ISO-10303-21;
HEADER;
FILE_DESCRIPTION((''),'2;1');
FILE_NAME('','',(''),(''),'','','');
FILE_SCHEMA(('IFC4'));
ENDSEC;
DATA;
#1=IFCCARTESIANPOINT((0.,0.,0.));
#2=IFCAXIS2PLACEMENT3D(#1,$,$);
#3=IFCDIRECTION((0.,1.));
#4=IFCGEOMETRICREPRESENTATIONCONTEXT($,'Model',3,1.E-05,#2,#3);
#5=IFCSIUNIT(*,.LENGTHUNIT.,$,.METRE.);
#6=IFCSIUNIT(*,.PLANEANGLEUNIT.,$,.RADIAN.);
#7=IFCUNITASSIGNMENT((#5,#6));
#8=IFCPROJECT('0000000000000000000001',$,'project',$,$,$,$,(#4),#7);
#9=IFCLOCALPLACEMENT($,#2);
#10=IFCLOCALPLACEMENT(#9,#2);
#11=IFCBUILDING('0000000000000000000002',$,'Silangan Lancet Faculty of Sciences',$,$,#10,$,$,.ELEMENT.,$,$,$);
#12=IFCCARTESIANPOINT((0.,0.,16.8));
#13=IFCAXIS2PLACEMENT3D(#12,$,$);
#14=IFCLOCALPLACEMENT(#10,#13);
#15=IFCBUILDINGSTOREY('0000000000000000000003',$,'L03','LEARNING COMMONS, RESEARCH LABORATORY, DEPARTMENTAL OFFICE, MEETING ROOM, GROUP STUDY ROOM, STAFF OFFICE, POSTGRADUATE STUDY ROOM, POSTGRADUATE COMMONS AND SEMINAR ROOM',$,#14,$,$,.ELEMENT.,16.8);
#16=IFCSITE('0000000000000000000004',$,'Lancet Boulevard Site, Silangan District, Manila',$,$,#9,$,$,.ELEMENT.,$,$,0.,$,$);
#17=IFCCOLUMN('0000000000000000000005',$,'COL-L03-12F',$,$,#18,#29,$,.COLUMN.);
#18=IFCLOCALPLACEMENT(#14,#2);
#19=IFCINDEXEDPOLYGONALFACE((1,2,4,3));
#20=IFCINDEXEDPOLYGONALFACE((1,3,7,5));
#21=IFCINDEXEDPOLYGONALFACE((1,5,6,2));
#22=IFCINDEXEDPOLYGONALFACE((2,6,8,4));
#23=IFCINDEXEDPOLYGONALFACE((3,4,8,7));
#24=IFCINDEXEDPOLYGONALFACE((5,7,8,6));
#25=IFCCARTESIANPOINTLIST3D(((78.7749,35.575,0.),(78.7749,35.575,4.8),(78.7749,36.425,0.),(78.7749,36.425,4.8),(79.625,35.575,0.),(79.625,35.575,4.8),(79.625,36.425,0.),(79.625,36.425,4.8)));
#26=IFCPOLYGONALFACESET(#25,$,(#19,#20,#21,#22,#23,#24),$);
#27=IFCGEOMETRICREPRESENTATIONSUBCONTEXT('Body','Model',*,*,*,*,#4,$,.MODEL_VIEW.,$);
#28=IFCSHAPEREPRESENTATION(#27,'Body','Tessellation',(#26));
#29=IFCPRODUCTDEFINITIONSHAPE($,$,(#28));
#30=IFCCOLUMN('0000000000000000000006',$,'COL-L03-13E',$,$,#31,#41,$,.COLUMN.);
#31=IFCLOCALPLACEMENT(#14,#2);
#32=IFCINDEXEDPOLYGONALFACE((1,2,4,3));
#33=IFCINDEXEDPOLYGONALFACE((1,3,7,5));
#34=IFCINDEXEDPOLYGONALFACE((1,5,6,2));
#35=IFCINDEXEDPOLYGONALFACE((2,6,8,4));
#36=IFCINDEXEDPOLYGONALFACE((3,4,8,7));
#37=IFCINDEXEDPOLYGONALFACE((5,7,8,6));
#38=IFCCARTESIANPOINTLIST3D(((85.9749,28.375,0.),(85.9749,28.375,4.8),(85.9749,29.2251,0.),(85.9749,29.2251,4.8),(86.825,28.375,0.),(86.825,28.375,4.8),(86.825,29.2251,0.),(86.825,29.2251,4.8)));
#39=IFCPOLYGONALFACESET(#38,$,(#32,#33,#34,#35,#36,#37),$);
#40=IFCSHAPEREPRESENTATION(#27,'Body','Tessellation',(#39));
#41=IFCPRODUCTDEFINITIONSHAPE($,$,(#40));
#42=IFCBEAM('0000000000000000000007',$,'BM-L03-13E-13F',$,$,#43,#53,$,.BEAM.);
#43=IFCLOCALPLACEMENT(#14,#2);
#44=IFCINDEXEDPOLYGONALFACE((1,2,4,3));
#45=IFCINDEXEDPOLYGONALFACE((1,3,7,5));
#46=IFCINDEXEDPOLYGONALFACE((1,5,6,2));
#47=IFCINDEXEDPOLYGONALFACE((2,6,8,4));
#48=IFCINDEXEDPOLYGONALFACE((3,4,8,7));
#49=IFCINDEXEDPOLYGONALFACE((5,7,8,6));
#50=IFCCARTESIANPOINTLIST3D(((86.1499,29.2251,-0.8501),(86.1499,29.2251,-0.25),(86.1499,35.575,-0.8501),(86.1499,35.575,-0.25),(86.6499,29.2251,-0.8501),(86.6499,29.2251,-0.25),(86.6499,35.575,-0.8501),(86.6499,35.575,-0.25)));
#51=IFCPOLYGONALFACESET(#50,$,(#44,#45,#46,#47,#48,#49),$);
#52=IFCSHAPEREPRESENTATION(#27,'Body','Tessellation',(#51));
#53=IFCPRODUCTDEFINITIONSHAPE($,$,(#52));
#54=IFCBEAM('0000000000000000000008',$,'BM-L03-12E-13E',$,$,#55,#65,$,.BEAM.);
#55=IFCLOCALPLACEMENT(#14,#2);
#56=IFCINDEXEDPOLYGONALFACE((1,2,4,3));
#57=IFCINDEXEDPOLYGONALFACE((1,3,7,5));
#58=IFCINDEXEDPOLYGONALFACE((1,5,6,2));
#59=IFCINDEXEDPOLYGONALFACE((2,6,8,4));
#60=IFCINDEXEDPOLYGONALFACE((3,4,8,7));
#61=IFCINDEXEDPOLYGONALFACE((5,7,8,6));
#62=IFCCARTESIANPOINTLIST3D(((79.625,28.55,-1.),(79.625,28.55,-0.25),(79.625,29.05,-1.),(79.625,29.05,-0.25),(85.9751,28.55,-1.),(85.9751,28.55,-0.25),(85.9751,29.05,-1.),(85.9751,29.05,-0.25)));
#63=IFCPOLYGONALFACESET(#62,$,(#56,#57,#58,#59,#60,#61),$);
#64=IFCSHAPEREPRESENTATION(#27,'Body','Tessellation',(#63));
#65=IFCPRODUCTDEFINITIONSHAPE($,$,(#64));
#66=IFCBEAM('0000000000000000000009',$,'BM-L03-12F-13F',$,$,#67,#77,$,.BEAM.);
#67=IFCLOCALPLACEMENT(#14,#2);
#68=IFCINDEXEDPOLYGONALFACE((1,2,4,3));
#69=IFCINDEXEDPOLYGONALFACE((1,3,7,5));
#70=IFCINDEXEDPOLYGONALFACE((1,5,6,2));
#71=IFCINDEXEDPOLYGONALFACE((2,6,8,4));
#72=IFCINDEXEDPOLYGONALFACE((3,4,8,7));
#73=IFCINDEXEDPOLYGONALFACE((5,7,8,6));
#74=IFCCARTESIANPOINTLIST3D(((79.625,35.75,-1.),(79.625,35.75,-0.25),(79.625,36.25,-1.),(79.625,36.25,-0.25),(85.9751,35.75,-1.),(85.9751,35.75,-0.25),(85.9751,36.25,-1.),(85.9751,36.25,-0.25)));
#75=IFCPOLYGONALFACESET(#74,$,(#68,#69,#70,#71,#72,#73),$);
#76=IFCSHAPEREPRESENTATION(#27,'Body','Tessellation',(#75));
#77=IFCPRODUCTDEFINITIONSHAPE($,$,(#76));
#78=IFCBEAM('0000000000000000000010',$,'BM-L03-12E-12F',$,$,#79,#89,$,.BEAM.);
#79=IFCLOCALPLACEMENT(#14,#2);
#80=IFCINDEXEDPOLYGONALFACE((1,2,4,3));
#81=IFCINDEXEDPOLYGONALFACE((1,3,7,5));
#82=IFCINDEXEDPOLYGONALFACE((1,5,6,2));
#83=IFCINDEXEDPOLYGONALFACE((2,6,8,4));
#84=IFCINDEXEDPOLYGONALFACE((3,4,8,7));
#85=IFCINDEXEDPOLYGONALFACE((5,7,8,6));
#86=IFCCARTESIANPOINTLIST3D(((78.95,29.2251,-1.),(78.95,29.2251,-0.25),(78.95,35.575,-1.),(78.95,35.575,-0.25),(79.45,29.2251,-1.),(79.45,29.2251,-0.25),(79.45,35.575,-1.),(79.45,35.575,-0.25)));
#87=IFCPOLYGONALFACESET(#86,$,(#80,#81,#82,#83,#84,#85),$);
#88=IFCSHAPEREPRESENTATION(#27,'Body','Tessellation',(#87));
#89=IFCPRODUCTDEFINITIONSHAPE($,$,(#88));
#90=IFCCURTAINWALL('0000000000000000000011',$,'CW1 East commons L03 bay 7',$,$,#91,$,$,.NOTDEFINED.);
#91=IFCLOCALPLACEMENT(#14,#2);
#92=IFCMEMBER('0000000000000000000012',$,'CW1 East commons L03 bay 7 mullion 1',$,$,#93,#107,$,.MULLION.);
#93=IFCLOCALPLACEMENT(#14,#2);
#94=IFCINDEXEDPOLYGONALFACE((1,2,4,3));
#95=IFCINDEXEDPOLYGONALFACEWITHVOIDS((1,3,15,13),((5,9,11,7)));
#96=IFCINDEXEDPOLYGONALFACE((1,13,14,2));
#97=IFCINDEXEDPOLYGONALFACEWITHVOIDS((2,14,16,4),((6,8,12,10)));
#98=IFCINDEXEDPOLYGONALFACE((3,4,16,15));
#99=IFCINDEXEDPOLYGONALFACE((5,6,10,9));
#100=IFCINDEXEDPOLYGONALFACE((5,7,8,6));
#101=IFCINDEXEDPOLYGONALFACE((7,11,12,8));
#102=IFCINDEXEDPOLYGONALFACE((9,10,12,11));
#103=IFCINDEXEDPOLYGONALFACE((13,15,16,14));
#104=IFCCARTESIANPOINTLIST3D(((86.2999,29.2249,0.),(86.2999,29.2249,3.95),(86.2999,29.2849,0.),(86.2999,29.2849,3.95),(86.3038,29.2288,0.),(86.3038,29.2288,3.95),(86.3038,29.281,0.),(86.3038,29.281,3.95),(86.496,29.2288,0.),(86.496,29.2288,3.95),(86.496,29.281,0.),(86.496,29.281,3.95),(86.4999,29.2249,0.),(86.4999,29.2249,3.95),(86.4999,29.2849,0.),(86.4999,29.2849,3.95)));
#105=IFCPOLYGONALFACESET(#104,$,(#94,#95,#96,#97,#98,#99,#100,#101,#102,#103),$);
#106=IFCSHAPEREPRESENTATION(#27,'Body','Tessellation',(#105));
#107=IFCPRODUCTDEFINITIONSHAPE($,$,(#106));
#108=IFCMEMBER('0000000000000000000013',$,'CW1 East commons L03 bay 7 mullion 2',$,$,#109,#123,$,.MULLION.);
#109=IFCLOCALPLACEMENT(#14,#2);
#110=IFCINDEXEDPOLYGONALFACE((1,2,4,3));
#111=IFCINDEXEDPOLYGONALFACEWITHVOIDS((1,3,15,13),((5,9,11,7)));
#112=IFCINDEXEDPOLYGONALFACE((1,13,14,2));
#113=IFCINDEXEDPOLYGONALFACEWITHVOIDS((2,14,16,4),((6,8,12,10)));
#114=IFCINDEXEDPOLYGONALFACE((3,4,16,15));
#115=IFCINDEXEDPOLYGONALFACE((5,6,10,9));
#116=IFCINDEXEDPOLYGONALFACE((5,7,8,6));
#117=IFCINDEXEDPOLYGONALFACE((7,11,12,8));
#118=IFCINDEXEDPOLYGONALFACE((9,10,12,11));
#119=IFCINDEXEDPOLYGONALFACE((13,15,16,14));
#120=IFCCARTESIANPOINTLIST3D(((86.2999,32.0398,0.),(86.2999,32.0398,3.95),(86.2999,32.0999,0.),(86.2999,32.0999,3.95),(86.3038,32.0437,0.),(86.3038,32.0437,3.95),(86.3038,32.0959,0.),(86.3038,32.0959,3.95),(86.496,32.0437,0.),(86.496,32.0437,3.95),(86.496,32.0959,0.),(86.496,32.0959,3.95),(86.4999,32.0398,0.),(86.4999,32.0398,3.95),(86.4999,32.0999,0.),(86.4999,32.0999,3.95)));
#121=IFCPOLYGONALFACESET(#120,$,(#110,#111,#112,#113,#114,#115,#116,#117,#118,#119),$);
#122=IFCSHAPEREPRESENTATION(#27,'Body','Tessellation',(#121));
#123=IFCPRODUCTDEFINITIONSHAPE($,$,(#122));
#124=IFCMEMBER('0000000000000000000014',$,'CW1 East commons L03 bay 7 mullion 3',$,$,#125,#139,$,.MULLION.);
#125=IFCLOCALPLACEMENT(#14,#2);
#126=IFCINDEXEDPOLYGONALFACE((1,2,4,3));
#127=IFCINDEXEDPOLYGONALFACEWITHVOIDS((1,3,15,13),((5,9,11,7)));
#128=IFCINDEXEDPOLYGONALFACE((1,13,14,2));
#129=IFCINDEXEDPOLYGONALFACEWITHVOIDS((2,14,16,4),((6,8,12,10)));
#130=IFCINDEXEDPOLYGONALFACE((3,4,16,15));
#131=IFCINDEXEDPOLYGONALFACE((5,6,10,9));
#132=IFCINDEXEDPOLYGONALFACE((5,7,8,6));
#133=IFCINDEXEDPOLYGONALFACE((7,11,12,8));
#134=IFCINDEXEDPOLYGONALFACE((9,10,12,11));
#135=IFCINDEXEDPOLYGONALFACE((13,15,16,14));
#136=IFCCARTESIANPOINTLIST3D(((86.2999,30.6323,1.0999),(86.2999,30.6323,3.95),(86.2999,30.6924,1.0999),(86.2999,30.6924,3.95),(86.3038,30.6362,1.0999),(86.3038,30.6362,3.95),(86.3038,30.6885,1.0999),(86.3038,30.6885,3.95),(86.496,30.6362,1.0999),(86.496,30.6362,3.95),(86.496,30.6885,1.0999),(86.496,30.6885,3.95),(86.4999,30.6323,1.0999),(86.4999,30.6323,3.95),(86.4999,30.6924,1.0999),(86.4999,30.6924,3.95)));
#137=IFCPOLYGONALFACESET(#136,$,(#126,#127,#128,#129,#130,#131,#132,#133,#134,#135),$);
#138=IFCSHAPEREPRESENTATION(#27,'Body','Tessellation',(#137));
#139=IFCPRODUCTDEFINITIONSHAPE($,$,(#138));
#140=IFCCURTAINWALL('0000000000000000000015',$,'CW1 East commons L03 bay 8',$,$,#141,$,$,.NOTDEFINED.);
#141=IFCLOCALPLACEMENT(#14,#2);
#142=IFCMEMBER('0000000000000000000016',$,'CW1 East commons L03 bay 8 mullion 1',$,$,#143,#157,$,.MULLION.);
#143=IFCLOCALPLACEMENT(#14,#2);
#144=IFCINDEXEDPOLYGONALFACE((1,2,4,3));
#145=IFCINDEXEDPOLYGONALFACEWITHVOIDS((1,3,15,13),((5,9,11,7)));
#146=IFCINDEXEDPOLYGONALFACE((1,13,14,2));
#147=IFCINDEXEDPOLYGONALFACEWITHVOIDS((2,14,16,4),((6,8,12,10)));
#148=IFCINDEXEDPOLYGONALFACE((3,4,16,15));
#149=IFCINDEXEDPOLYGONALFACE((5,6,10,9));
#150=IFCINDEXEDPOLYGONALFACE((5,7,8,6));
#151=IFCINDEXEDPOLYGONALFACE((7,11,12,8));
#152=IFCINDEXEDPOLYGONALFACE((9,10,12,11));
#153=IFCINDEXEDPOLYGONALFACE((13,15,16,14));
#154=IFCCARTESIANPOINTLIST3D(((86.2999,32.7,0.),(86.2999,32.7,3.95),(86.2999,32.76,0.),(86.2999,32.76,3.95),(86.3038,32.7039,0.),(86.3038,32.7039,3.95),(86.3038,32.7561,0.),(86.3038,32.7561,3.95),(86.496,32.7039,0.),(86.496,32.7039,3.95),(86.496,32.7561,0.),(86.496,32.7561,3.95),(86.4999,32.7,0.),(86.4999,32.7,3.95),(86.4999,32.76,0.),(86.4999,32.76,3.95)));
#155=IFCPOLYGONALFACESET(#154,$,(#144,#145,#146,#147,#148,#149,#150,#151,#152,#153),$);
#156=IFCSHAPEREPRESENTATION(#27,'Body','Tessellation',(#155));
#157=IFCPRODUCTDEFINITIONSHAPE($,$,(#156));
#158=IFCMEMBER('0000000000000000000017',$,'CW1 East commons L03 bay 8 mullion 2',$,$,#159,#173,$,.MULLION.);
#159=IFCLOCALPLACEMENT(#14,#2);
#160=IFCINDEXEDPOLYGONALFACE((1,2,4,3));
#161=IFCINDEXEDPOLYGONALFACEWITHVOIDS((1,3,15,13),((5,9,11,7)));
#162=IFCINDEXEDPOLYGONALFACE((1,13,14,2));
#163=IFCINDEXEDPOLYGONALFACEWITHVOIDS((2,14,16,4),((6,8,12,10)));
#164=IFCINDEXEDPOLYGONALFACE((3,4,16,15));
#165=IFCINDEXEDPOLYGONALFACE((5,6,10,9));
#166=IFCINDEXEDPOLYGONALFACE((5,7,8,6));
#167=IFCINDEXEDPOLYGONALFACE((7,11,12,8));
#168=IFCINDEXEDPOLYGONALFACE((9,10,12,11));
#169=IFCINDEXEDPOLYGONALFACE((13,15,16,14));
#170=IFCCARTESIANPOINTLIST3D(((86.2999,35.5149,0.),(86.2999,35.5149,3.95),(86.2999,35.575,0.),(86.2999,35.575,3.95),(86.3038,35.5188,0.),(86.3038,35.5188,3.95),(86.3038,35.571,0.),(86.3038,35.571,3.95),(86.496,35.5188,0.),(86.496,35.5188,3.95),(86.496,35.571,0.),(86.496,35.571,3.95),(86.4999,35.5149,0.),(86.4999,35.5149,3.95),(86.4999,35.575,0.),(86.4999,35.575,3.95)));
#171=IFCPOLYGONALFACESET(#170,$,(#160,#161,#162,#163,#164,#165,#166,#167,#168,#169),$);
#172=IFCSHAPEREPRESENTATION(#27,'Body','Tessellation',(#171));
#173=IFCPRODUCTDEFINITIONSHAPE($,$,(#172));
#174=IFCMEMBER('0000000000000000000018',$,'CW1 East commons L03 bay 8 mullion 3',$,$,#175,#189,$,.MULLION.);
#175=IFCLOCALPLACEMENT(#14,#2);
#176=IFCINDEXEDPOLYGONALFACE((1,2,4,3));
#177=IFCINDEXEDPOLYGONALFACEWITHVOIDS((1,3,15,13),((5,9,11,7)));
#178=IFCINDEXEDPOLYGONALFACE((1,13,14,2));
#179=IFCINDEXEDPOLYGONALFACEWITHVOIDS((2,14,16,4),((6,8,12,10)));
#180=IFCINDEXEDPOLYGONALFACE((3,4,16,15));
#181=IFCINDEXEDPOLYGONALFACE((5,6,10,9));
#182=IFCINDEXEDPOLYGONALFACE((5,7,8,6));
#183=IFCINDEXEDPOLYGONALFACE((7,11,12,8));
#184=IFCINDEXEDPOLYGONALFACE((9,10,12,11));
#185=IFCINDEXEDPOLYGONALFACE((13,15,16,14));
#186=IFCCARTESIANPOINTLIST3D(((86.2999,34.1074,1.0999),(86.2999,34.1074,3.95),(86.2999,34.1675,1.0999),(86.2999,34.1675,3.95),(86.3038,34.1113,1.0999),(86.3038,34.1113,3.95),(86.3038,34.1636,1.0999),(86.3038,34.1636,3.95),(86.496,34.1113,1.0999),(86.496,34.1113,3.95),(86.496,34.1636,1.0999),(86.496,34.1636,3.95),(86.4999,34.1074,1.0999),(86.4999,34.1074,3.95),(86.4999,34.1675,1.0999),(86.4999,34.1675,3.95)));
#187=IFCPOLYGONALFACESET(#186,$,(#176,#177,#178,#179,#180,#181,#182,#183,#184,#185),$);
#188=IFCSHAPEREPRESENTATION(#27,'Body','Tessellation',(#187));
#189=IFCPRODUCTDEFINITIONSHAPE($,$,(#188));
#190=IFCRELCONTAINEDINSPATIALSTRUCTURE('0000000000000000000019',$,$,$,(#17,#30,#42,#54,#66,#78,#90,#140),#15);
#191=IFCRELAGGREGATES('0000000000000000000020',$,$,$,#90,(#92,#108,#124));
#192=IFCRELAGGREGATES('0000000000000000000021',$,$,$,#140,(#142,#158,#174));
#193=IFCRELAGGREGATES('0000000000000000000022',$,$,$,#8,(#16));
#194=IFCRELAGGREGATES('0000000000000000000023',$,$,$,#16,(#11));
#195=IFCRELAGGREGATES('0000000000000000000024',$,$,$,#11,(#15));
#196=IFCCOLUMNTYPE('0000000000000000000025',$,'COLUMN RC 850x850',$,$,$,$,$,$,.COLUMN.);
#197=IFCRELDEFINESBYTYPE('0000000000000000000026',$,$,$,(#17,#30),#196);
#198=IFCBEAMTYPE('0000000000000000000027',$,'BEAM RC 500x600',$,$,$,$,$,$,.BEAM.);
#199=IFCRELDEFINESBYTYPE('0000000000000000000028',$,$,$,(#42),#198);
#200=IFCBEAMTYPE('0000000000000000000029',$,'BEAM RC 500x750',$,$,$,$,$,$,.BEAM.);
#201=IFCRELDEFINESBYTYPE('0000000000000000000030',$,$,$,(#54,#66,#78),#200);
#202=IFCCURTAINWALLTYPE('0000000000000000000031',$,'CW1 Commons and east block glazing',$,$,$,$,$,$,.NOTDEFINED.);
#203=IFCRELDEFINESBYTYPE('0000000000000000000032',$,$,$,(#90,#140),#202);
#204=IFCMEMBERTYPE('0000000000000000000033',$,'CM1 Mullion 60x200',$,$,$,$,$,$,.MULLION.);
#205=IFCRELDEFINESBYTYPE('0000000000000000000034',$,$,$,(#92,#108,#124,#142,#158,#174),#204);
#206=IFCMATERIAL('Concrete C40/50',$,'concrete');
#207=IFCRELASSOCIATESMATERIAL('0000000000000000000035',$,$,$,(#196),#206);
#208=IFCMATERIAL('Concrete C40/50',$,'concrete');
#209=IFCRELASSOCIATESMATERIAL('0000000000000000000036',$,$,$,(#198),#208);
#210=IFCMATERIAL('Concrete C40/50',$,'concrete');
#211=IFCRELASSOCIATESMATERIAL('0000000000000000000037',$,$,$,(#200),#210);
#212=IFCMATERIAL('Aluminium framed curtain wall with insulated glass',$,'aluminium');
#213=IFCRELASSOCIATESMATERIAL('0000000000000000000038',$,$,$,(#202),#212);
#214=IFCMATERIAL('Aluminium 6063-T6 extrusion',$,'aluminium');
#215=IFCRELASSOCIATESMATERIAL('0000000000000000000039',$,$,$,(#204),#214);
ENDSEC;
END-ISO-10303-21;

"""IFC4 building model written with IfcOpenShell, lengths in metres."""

from ifc_helpers import new_model, si_unit, direction, frame, origin, origin_2d, place, context, subcontext, project, spatial, rectangle, hollow_rectangle, extrude, material, material_profile, profile_set, type_object, element, aggregate, save


model = new_model("IFC4")

# Units and contexts
model_context = context("Model", 3, precision=1e-05, world=origin(), true_north=direction((0.0, 1.0)))
body_context = subcontext(model_context, "Body", "Model", "MODEL_VIEW")
ifc_project = project(units=[si_unit("LENGTHUNIT", "METRE"), si_unit("PLANEANGLEUNIT", "RADIAN")], contexts=[model_context])

# Site, building, storey
site_placement = place(None, origin())
site = spatial("IfcSite", under=ifc_project, at=site_placement, Name="Lancet Boulevard Site, Silangan District, Manila", CompositionType="ELEMENT", RefElevation=0.0)
building_placement = place(site_placement, origin())
building = spatial("IfcBuilding", under=site, at=building_placement, Name="Silangan Lancet Faculty of Sciences", CompositionType="ELEMENT")
storey_placement = place(building_placement, frame((0.0, 0.0, 16.8)))
storey = spatial("IfcBuildingStorey", under=building, at=storey_placement, Name="L03", Description="LEARNING COMMONS, RESEARCH LABORATORY, DEPARTMENTAL OFFICE, MEETING ROOM, GROUP STUDY ROOM, STAFF OFFICE, POSTGRADUATE STUDY ROOM, POSTGRADUATE COMMONS AND SEMINAR ROOM", CompositionType="ELEMENT", Elevation=16.8)

# Columns
ifc_material_1 = material(Name="Concrete C40/50", Category="concrete")
ifc_material_profile_1 = material_profile(ifc_material_1, rectangle(XDim=0.8501, YDim=0.8501, at=origin_2d()), Name="RC 850x850")
ifc_profile_set_1 = profile_set([ifc_material_profile_1], Name="Concrete C40/50")
column_type = type_object("IfcColumnType", Name="COLUMN RC 850x850", PredefinedType="COLUMN", material=ifc_profile_set_1)
for number, where, z_axis, x_axis, name in (
    (1, (79.2, 36.0, 0.0), (0.0, 0.0, 1.0), (1.0, 0.0, 0.0), "COL-L03-12F"),
    (2, (86.3999, 28.8, 0.0), (0.0, 0.0, 1.0), (1.0, 0.0, 0.0), "COL-L03-13E"),
):
    element("IfcColumn", number, at=place(storey_placement, frame(where, z_axis=z_axis, x_axis=x_axis)), inside=storey, type_object=column_type, Name=name, PredefinedType="COLUMN", context=body_context, shape_type="SweptSolid", body=[
        extrude(rectangle(XDim=0.8501, YDim=0.8501, at=origin_2d()), origin(), (0.0, 0.0, 1.0), 4.8),
    ])

# Beams
ifc_material_2 = material(Name="Concrete C40/50", Category="concrete")
ifc_material_profile_2 = material_profile(ifc_material_2, rectangle(XDim=0.5, YDim=0.6001, at=origin_2d()), Name="RC 500x600")
ifc_profile_set_2 = profile_set([ifc_material_profile_2], Name="Concrete C40/50")
beam_type_1 = type_object("IfcBeamType", Name="BEAM RC 500x600", PredefinedType="BEAM", material=ifc_profile_set_2)
beam_1_placement = place(storey_placement, frame((86.3999, 29.2251, -0.55), z_axis=(0.0, 1.0, 0.0), x_axis=(-1.0, 0.0, 0.0)))
element("IfcBeam", 3, at=beam_1_placement, inside=storey, type_object=beam_type_1, Name="BM-L03-13E-13F", PredefinedType="BEAM", context=body_context, shape_type="SweptSolid", body=[
    extrude(rectangle(XDim=0.5, YDim=0.6001, at=origin_2d()), origin(), (0.0, 0.0, 1.0), 6.3499),
])
ifc_material_3 = material(Name="Concrete C40/50", Category="concrete")
ifc_material_profile_3 = material_profile(ifc_material_3, rectangle(XDim=0.5, YDim=0.75, at=origin_2d()), Name="RC 500x750")
ifc_profile_set_3 = profile_set([ifc_material_profile_3], Name="Concrete C40/50")
beam_type_2 = type_object("IfcBeamType", Name="BEAM RC 500x750", PredefinedType="BEAM", material=ifc_profile_set_3)
for number, where, z_axis, x_axis, name in (
    (4, (79.625, 28.8, -0.625), (1.0, 0.0, 0.0), (0.0, 1.0, 0.0), "BM-L03-12E-13E"),
    (5, (79.625, 36.0, -0.625), (1.0, 0.0, 0.0), (0.0, 1.0, 0.0), "BM-L03-12F-13F"),
):
    element("IfcBeam", number, at=place(storey_placement, frame(where, z_axis=z_axis, x_axis=x_axis)), inside=storey, type_object=beam_type_2, Name=name, PredefinedType="BEAM", context=body_context, shape_type="SweptSolid", body=[
        extrude(rectangle(XDim=0.5, YDim=0.75, at=origin_2d()), origin(), (0.0, 0.0, 1.0), 6.3501),
    ])
beam_2_placement = place(storey_placement, frame((79.2, 29.2251, -0.625), z_axis=(0.0, 1.0, 0.0), x_axis=(-1.0, 0.0, 0.0)))
element("IfcBeam", 6, at=beam_2_placement, inside=storey, type_object=beam_type_2, Name="BM-L03-12E-12F", PredefinedType="BEAM", context=body_context, shape_type="SweptSolid", body=[
    extrude(rectangle(XDim=0.5, YDim=0.75, at=origin_2d()), origin(), (0.0, 0.0, 1.0), 6.3499),
])

# Curtain walls, members
ifc_material_4 = material(Name="Aluminium framed curtain wall with insulated glass", Category="aluminium")
curtain_wall_type = type_object("IfcCurtainWallType", Name="CW1 Commons and east block glazing", PredefinedType="NOTDEFINED", material=ifc_material_4)
curtain_wall_1_placement = place(storey_placement, origin())
curtain_wall_1 = element("IfcCurtainWall", 7, at=curtain_wall_1_placement, inside=storey, type_object=curtain_wall_type, Name="CW1 East commons L03 bay 7", PredefinedType="NOTDEFINED")
ifc_material_5 = material(Name="Aluminium 6063-T6 extrusion", Category="aluminium")
ifc_material_profile_4 = material_profile(ifc_material_5, hollow_rectangle(XDim=0.0601, YDim=0.2, WallThickness=0.0039, at=origin_2d()), Name="AL BOX 60x200x4")
ifc_profile_set_4 = profile_set([ifc_material_profile_4], Name="Aluminium 6063-T6 extrusion")
member_type_1 = type_object("IfcMemberType", Name="CM1 Mullion 60x200", PredefinedType="MULLION", material=ifc_profile_set_4)
member_1_placement = place(storey_placement, frame((86.3999, 29.2549, 0.0), z_axis=(0.0, 0.0, 1.0), x_axis=(0.0, 1.0, 0.0)))
member_1 = element("IfcMember", 8, at=member_1_placement, type_object=member_type_1, Name="CW1 East commons L03 bay 7 mullion 1", PredefinedType="MULLION", context=body_context, shape_type="SweptSolid", body=[
    extrude(hollow_rectangle(XDim=0.0601, YDim=0.2, WallThickness=0.0039, at=origin_2d()), origin(), (0.0, 0.0, 1.0), 3.95),
])
member_2_placement = place(storey_placement, frame((86.3999, 32.0698, 0.0), z_axis=(0.0, 0.0, 1.0), x_axis=(0.0, 1.0, 0.0)))
member_2 = element("IfcMember", 9, at=member_2_placement, type_object=member_type_1, Name="CW1 East commons L03 bay 7 mullion 2", PredefinedType="MULLION", context=body_context, shape_type="SweptSolid", body=[
    extrude(hollow_rectangle(XDim=0.0601, YDim=0.2, WallThickness=0.0039, at=origin_2d()), origin(), (0.0, 0.0, 1.0), 3.95),
])
member_3_placement = place(storey_placement, frame((86.3999, 30.6624, 1.0999), z_axis=(0.0, 0.0, 1.0), x_axis=(0.0, 1.0, 0.0)))
member_3 = element("IfcMember", 10, at=member_3_placement, type_object=member_type_1, Name="CW1 East commons L03 bay 7 mullion 3", PredefinedType="MULLION", context=body_context, shape_type="SweptSolid", body=[
    extrude(hollow_rectangle(XDim=0.0601, YDim=0.2, WallThickness=0.0039, at=origin_2d()), origin(), (0.0, 0.0, 1.0), 2.8501),
])
curtain_wall_2_placement = place(storey_placement, origin())
curtain_wall_2 = element("IfcCurtainWall", 11, at=curtain_wall_2_placement, inside=storey, type_object=curtain_wall_type, Name="CW1 East commons L03 bay 8", PredefinedType="NOTDEFINED")
member_4_placement = place(storey_placement, frame((86.3999, 32.73, 0.0), z_axis=(0.0, 0.0, 1.0), x_axis=(0.0, 1.0, 0.0)))
member_4 = element("IfcMember", 12, at=member_4_placement, type_object=member_type_1, Name="CW1 East commons L03 bay 8 mullion 1", PredefinedType="MULLION", context=body_context, shape_type="SweptSolid", body=[
    extrude(hollow_rectangle(XDim=0.0601, YDim=0.2, WallThickness=0.0039, at=origin_2d()), origin(), (0.0, 0.0, 1.0), 3.95),
])
member_5_placement = place(storey_placement, frame((86.3999, 35.5449, 0.0), z_axis=(0.0, 0.0, 1.0), x_axis=(0.0, 1.0, 0.0)))
member_5 = element("IfcMember", 13, at=member_5_placement, type_object=member_type_1, Name="CW1 East commons L03 bay 8 mullion 2", PredefinedType="MULLION", context=body_context, shape_type="SweptSolid", body=[
    extrude(hollow_rectangle(XDim=0.0601, YDim=0.2, WallThickness=0.0039, at=origin_2d()), origin(), (0.0, 0.0, 1.0), 3.95),
])
member_6_placement = place(storey_placement, frame((86.3999, 34.1375, 1.0999), z_axis=(0.0, 0.0, 1.0), x_axis=(0.0, 1.0, 0.0)))
member_6 = element("IfcMember", 14, at=member_6_placement, type_object=member_type_1, Name="CW1 East commons L03 bay 8 mullion 3", PredefinedType="MULLION", context=body_context, shape_type="SweptSolid", body=[
    extrude(hollow_rectangle(XDim=0.0601, YDim=0.2, WallThickness=0.0039, at=origin_2d()), origin(), (0.0, 0.0, 1.0), 2.8501),
])

aggregate(curtain_wall_1, [member_1, member_2, member_3])
aggregate(curtain_wall_2, [member_4, member_5, member_6])

save(model, "model.ifc")
